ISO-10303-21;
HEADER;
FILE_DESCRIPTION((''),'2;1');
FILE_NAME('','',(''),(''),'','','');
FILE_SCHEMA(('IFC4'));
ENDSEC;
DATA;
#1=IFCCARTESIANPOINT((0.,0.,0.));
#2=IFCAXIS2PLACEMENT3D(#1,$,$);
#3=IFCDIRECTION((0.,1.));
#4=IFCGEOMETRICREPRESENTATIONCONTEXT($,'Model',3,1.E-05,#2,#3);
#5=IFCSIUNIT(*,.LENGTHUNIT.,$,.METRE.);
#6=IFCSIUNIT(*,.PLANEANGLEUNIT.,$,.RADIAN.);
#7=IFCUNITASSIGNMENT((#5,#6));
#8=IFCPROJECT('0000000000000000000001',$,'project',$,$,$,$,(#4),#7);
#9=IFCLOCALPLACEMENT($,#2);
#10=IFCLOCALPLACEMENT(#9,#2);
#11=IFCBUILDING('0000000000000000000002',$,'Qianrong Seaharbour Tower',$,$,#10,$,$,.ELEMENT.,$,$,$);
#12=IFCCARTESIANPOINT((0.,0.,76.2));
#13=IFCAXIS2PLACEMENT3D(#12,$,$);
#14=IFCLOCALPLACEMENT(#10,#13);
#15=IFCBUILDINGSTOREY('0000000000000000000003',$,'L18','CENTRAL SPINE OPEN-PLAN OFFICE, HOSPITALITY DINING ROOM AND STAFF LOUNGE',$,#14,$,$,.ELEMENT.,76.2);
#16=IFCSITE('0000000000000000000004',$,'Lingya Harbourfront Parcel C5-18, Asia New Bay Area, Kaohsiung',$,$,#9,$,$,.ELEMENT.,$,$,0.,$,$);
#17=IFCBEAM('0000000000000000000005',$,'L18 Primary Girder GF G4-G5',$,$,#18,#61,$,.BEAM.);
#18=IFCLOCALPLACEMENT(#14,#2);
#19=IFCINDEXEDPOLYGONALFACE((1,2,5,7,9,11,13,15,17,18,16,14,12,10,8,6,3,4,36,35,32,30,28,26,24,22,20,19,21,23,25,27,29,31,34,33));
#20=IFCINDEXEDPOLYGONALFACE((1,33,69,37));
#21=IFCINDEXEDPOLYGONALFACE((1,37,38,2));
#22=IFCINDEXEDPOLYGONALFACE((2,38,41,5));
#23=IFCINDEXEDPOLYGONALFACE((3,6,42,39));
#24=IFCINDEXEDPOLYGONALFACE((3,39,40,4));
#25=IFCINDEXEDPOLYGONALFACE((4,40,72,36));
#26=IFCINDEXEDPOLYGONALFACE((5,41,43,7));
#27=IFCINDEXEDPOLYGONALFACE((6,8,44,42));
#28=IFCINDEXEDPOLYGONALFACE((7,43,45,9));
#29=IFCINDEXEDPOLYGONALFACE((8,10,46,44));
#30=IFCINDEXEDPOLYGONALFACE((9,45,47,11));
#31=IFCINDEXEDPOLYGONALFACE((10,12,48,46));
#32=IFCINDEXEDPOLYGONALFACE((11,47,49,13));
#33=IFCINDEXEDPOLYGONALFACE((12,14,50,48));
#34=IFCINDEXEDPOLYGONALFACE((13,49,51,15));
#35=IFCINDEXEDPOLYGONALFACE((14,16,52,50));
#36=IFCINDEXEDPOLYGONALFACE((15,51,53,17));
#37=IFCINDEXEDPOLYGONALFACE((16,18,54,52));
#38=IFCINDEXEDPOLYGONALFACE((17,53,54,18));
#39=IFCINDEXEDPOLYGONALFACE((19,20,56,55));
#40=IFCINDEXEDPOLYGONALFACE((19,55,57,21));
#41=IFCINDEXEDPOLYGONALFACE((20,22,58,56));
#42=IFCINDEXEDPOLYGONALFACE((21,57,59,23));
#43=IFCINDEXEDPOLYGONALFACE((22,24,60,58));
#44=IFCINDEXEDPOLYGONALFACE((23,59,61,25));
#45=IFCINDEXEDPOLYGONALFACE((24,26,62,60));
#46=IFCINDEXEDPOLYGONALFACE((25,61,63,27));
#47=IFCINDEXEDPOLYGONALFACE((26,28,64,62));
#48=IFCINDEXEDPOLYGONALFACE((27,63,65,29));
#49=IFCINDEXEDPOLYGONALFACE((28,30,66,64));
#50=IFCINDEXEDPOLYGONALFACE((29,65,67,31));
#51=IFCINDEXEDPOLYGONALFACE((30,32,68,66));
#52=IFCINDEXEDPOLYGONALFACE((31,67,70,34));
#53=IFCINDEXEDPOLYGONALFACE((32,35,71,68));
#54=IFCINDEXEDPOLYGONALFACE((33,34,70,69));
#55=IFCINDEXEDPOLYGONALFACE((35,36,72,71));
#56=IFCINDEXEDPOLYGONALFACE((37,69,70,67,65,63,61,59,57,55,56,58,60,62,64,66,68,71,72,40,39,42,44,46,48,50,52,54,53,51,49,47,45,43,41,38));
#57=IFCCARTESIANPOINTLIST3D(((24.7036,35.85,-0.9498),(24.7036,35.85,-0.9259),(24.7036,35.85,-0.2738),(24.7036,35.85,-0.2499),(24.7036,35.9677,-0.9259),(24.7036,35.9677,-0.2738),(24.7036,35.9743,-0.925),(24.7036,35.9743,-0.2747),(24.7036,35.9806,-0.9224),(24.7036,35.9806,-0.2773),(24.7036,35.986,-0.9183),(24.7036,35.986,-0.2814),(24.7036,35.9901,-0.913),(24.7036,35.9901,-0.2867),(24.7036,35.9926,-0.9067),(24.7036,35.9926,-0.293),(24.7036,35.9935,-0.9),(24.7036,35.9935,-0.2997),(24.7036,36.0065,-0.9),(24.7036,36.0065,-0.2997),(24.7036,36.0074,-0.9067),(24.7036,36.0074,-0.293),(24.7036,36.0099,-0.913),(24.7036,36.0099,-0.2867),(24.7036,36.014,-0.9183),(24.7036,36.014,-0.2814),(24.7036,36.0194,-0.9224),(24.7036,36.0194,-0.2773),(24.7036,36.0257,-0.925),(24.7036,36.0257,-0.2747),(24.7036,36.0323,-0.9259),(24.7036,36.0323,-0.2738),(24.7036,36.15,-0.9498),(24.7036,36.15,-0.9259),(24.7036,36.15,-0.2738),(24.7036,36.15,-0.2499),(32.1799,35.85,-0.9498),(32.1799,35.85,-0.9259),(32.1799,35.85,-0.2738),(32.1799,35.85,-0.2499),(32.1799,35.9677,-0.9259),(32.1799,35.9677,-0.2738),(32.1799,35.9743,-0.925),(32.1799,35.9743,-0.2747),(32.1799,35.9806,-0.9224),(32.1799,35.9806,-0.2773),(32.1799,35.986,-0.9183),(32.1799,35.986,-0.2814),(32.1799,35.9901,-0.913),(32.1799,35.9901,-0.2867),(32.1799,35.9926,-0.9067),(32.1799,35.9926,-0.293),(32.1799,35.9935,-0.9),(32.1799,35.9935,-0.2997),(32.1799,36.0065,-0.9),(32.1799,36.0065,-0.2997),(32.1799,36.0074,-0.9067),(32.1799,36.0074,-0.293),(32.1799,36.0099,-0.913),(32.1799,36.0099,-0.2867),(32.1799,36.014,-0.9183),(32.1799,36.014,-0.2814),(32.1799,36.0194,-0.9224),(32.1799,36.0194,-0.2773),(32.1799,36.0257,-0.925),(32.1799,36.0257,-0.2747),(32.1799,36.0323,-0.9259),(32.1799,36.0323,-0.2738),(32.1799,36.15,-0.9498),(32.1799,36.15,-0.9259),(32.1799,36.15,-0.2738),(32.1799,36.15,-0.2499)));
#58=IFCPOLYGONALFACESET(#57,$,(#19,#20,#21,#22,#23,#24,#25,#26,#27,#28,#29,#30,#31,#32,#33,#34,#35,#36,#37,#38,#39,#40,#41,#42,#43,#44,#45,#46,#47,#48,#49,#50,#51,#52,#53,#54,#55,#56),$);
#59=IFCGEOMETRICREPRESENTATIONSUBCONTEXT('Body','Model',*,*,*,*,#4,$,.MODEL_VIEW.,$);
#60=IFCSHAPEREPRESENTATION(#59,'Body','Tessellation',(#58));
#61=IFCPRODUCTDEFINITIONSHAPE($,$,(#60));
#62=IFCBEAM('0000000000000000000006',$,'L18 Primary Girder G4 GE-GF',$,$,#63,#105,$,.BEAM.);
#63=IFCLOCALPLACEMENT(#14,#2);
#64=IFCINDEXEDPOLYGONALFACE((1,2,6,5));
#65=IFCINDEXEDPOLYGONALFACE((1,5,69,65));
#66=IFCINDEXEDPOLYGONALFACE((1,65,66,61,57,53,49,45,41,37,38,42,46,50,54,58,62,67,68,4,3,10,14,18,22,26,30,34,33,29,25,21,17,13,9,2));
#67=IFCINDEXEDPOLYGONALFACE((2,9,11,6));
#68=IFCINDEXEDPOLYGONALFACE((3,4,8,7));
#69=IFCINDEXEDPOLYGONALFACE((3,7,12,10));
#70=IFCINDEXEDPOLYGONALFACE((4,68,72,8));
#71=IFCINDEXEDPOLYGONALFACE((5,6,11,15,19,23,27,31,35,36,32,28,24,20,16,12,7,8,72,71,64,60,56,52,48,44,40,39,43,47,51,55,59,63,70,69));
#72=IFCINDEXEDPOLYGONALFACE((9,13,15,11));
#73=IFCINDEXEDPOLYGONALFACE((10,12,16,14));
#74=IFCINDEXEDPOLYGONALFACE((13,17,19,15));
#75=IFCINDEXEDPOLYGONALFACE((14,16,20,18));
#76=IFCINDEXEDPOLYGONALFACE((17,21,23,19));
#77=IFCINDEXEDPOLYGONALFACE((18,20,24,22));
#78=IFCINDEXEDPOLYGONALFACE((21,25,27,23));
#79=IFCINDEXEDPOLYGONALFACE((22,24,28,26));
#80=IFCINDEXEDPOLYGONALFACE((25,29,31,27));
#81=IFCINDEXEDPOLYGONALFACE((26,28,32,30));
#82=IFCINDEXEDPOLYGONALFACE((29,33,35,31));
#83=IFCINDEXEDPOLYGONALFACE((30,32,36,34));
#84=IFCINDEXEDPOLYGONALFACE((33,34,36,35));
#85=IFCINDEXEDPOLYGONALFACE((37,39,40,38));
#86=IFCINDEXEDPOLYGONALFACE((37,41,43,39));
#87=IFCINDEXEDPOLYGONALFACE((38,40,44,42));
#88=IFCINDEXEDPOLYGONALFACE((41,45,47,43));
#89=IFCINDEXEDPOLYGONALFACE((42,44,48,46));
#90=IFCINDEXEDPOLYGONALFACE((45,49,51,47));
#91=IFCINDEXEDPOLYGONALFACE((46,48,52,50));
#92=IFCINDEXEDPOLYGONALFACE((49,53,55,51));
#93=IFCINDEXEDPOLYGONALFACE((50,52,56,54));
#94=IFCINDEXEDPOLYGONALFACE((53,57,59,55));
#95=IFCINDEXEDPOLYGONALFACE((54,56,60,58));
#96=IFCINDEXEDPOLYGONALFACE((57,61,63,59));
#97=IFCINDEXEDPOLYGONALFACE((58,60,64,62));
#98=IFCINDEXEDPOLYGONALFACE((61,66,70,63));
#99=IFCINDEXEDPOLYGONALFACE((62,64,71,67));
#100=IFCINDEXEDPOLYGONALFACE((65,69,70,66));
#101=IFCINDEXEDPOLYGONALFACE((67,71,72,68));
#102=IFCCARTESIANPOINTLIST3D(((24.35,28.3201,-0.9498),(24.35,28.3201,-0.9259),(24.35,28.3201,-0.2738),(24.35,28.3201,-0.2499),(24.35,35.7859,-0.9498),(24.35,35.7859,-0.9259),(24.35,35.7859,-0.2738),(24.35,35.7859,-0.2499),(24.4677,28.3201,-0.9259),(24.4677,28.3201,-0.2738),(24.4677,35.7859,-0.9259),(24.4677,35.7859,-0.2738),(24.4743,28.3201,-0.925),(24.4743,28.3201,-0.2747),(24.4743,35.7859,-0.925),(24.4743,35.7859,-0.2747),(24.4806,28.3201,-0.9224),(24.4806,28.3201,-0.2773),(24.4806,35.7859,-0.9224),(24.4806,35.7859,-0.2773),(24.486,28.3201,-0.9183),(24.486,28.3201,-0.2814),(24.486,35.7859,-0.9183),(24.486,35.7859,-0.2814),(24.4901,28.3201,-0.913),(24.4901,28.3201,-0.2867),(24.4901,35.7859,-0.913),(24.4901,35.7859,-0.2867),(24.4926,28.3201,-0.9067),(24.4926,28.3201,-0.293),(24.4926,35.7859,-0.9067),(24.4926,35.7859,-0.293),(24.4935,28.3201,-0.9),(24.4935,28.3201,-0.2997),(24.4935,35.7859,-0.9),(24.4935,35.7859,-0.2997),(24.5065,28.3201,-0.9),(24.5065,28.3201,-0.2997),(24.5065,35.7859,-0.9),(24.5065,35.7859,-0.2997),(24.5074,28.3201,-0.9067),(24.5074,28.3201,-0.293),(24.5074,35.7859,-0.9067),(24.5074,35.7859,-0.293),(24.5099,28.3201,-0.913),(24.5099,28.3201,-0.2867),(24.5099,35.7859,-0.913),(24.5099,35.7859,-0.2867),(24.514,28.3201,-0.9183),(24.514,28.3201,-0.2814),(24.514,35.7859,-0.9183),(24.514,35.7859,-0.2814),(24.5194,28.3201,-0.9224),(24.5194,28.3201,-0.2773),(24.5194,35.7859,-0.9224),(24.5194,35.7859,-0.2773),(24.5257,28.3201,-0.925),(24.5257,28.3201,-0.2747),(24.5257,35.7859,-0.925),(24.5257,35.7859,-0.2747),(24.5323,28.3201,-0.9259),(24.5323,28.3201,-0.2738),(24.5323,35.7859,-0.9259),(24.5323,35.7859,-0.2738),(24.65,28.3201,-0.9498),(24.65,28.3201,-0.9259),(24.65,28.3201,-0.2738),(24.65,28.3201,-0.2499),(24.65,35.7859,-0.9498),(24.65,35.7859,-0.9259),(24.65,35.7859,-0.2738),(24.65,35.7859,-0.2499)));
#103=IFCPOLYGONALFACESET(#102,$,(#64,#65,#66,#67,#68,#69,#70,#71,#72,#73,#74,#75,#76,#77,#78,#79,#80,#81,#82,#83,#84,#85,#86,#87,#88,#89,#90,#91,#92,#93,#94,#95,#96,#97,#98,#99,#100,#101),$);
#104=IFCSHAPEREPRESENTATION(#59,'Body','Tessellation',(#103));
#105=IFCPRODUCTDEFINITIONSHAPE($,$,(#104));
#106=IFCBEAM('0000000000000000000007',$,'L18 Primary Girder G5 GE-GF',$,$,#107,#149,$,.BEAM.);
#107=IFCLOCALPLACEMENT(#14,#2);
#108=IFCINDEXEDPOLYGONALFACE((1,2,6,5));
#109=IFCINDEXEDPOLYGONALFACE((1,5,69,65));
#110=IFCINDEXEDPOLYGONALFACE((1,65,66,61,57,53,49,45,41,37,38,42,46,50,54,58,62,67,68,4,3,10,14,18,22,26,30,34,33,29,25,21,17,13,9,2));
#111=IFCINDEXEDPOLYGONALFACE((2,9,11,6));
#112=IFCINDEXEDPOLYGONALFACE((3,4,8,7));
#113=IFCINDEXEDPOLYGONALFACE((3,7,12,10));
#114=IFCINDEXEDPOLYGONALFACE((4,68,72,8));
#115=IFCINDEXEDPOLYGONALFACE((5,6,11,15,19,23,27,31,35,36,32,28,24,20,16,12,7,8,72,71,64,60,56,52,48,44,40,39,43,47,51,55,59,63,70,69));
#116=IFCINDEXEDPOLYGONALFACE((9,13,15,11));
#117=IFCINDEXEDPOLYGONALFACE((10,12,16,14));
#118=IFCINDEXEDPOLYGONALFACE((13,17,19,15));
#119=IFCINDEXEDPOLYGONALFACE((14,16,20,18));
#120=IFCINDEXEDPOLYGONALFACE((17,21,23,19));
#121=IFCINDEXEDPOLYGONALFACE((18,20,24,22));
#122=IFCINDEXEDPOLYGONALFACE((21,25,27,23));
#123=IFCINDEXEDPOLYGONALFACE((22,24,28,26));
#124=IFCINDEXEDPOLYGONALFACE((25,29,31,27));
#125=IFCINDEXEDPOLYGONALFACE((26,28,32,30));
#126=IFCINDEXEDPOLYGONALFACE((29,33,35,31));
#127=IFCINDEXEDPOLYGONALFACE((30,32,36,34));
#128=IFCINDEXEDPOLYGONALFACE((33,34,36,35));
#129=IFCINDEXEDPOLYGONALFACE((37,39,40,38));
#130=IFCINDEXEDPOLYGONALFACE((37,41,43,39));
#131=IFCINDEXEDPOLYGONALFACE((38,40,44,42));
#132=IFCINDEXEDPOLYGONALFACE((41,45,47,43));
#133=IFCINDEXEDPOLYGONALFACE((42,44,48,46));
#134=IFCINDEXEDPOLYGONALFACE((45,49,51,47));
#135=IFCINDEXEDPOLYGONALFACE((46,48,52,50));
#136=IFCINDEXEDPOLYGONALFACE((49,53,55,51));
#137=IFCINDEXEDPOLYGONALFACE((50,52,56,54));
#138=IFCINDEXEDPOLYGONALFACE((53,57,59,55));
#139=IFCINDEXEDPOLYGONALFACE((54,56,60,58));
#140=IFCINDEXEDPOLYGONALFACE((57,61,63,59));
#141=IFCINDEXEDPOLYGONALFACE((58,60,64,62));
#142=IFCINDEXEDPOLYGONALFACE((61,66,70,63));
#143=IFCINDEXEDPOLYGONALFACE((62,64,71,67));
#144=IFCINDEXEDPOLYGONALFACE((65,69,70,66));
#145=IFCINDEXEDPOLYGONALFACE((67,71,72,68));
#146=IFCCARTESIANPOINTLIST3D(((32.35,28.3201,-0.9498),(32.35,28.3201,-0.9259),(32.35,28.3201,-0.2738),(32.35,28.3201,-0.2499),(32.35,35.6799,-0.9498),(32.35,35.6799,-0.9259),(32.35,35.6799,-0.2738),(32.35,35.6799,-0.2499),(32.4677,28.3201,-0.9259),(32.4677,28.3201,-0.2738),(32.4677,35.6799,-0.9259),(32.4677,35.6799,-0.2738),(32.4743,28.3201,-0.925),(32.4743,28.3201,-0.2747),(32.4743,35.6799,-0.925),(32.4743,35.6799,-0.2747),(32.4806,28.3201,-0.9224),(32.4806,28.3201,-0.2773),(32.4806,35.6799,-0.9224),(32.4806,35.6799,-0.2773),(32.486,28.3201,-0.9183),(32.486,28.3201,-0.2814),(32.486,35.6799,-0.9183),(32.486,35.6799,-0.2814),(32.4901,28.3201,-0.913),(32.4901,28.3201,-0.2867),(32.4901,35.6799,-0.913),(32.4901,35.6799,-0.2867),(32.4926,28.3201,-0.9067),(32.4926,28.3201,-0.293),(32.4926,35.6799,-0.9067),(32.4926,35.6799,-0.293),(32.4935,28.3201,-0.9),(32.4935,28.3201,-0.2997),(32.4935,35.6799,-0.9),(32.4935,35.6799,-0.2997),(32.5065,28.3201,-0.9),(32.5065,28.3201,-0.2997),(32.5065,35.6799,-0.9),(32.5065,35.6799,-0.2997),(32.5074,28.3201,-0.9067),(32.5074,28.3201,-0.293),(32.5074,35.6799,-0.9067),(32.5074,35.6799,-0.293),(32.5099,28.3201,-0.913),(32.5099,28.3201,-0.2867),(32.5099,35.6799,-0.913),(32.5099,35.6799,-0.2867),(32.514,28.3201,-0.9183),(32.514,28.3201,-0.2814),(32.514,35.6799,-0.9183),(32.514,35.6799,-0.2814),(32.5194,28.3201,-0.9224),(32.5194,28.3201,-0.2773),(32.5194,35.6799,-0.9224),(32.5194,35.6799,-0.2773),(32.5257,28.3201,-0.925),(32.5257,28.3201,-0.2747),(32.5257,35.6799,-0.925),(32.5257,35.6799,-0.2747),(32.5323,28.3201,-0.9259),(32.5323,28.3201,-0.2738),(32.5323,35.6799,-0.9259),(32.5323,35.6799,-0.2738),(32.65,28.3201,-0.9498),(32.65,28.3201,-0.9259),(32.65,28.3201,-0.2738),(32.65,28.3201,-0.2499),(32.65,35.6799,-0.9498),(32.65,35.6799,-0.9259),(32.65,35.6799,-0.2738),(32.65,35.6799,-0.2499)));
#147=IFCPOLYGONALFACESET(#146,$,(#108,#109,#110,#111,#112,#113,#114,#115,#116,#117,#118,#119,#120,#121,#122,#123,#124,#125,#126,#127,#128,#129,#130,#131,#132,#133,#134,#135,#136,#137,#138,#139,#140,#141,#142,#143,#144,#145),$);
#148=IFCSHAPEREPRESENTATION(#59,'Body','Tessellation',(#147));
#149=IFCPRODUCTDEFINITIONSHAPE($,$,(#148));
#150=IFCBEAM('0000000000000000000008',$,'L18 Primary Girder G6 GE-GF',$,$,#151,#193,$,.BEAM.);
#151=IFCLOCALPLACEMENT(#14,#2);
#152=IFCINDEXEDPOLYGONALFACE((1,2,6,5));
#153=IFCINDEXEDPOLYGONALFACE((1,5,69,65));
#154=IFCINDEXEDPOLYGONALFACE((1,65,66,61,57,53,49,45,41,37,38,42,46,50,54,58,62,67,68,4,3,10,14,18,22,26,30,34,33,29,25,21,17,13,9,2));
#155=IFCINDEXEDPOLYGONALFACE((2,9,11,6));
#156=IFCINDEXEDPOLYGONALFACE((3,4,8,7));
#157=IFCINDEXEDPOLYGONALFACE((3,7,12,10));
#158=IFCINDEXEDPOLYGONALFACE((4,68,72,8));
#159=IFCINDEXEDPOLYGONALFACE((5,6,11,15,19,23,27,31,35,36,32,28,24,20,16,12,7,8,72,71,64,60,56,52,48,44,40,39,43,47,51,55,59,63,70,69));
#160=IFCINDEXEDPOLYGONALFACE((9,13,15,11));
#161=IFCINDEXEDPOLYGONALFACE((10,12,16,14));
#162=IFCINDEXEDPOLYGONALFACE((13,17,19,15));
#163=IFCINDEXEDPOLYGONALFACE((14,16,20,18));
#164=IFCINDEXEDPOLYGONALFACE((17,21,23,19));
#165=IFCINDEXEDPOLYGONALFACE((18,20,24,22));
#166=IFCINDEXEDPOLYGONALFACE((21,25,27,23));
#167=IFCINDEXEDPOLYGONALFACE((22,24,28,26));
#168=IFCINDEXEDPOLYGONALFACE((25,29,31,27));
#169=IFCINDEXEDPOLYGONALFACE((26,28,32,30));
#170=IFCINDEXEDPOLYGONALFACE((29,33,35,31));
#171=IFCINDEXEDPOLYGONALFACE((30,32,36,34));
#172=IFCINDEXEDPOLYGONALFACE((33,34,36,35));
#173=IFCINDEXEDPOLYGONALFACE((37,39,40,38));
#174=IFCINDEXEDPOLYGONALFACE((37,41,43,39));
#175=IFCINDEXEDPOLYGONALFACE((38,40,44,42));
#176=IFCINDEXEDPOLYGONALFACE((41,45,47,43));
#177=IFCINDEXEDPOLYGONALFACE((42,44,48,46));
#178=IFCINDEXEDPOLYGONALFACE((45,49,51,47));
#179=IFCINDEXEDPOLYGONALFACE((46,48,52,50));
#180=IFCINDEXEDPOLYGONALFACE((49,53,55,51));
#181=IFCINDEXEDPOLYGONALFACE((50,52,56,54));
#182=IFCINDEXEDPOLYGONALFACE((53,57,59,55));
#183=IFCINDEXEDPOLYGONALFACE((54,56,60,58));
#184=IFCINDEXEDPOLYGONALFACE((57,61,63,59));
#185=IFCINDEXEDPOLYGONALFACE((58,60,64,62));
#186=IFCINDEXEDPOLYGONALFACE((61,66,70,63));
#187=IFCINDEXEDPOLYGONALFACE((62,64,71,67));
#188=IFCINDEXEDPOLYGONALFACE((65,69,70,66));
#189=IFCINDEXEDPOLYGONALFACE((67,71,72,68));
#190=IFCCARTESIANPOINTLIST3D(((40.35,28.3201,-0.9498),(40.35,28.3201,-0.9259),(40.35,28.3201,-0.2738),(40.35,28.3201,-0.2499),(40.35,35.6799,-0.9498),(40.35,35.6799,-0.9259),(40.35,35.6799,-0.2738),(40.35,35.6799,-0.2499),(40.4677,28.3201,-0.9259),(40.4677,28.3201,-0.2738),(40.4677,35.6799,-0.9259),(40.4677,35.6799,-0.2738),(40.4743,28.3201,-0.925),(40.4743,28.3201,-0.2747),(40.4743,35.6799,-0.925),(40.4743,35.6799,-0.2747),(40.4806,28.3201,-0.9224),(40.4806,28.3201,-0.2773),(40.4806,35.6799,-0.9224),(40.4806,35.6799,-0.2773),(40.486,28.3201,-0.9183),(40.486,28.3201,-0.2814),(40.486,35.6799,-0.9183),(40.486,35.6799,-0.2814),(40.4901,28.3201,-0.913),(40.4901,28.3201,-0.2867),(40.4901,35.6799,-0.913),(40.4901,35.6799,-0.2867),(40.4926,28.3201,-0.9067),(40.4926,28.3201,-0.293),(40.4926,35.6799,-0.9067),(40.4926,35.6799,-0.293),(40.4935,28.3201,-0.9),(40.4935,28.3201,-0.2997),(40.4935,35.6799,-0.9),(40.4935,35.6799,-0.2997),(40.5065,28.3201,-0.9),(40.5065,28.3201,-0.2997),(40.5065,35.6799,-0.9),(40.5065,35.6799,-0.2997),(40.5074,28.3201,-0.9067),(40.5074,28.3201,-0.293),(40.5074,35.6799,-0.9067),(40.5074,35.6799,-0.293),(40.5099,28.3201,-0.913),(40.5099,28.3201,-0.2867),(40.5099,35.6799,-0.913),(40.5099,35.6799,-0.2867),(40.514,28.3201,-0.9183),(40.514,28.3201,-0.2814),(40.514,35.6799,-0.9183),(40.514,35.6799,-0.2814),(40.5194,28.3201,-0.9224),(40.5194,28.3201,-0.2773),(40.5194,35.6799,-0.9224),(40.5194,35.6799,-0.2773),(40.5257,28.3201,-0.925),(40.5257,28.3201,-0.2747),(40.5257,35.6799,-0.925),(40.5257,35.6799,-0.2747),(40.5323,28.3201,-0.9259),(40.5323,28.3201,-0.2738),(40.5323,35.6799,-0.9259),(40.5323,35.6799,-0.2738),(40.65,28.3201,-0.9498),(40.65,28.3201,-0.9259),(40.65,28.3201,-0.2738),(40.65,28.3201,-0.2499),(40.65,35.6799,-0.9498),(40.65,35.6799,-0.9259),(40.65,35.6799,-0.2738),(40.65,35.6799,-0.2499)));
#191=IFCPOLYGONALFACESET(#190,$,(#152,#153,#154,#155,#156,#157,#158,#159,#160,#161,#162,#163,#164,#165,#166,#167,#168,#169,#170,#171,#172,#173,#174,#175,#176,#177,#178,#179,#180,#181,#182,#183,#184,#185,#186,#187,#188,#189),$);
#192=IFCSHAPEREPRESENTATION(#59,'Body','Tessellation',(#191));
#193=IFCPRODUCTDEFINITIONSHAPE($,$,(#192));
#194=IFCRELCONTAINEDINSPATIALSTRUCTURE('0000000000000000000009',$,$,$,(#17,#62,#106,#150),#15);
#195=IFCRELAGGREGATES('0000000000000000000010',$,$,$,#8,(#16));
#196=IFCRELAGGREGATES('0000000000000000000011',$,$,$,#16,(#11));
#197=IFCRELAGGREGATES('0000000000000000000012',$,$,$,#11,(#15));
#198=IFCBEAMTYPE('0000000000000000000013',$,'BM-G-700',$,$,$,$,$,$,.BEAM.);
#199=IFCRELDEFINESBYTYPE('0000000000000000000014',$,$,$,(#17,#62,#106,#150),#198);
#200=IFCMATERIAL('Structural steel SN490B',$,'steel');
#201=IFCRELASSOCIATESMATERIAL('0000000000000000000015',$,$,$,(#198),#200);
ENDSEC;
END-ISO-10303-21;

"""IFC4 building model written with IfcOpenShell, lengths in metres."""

from ifc_helpers import new_model, si_unit, direction, frame, origin, origin_2d, place, context, subcontext, project, spatial, i_section, extrude, material, material_profile, profile_set, type_object, element, save


model = new_model("IFC4")

# Units and contexts
model_context = context("Model", 3, precision=1e-05, world=origin(), true_north=direction((0.0, 1.0)))
body_context = subcontext(model_context, "Body", "Model", "MODEL_VIEW")
ifc_project = project(units=[si_unit("LENGTHUNIT", "METRE"), si_unit("PLANEANGLEUNIT", "RADIAN")], contexts=[model_context])

# Site, building, storey
site_placement = place(None, origin())
site = spatial("IfcSite", under=ifc_project, at=site_placement, Name="Lingya Harbourfront Parcel C5-18, Asia New Bay Area, Kaohsiung", CompositionType="ELEMENT", RefElevation=0.0)
building_placement = place(site_placement, origin())
building = spatial("IfcBuilding", under=site, at=building_placement, Name="Qianrong Seaharbour Tower", CompositionType="ELEMENT")
storey_placement = place(building_placement, frame((0.0, 0.0, 76.2)))
storey = spatial("IfcBuildingStorey", under=building, at=storey_placement, Name="L18", Description="CENTRAL SPINE OPEN-PLAN OFFICE, HOSPITALITY DINING ROOM AND STAFF LOUNGE", CompositionType="ELEMENT", Elevation=76.2)

# Shared definitions
ifc_material_1 = material(Name="Structural steel SN490B", Category="steel")

# Beams
ifc_material_profile_1 = material_profile(ifc_material_1, i_section(OverallWidth=0.3, OverallDepth=0.7, WebThickness=0.0129, FlangeThickness=0.0239, FilletRadius=0.0259, at=origin_2d()), Name="H700x300x13x24")
ifc_profile_set_1 = profile_set([ifc_material_profile_1], Name="Structural steel SN490B")
beam_type_1 = type_object("IfcBeamType", Name="BM-G-700", PredefinedType="BEAM", material=ifc_profile_set_1)
beam_1_placement = place(storey_placement, frame((24.7036, 36.0, -0.5999), z_axis=(1.0, 0.0, 0.0), x_axis=(0.0, 1.0, 0.0)))
element("IfcBeam", 1, at=beam_1_placement, inside=storey, type_object=beam_type_1, Name="L18 Primary Girder GF G4-G5", PredefinedType="BEAM", context=body_context, shape_type="SweptSolid", body=[
    extrude(i_section(OverallWidth=0.3, OverallDepth=0.7, WebThickness=0.0129, FlangeThickness=0.0239, FilletRadius=0.0259, at=origin_2d()), origin(), (0.0, 0.0, 1.0), 7.4763),
])
beam_2_placement = place(storey_placement, frame((24.5, 28.3201, -0.5999), z_axis=(0.0, 1.0, 0.0), x_axis=(-1.0, 0.0, 0.0)))
element("IfcBeam", 2, at=beam_2_placement, inside=storey, type_object=beam_type_1, Name="L18 Primary Girder G4 GE-GF", PredefinedType="BEAM", context=body_context, shape_type="SweptSolid", body=[
    extrude(i_section(OverallWidth=0.3, OverallDepth=0.7, WebThickness=0.0129, FlangeThickness=0.0239, FilletRadius=0.0259, at=origin_2d()), origin(), (0.0, 0.0, 1.0), 7.4658),
])
for number, where, z_axis, x_axis, name in (
    (3, (32.5, 28.3201, -0.5999), (0.0, 1.0, 0.0), (-1.0, 0.0, 0.0), "L18 Primary Girder G5 GE-GF"),
    (4, (40.5, 28.3201, -0.5999), (0.0, 1.0, 0.0), (-1.0, 0.0, 0.0), "L18 Primary Girder G6 GE-GF"),
):
    element("IfcBeam", number, at=place(storey_placement, frame(where, z_axis=z_axis, x_axis=x_axis)), inside=storey, type_object=beam_type_1, Name=name, PredefinedType="BEAM", context=body_context, shape_type="SweptSolid", body=[
        extrude(i_section(OverallWidth=0.3, OverallDepth=0.7, WebThickness=0.0129, FlangeThickness=0.0239, FilletRadius=0.0259, at=origin_2d()), origin(), (0.0, 0.0, 1.0), 7.3599),
    ])

save(model, "model.ifc")
